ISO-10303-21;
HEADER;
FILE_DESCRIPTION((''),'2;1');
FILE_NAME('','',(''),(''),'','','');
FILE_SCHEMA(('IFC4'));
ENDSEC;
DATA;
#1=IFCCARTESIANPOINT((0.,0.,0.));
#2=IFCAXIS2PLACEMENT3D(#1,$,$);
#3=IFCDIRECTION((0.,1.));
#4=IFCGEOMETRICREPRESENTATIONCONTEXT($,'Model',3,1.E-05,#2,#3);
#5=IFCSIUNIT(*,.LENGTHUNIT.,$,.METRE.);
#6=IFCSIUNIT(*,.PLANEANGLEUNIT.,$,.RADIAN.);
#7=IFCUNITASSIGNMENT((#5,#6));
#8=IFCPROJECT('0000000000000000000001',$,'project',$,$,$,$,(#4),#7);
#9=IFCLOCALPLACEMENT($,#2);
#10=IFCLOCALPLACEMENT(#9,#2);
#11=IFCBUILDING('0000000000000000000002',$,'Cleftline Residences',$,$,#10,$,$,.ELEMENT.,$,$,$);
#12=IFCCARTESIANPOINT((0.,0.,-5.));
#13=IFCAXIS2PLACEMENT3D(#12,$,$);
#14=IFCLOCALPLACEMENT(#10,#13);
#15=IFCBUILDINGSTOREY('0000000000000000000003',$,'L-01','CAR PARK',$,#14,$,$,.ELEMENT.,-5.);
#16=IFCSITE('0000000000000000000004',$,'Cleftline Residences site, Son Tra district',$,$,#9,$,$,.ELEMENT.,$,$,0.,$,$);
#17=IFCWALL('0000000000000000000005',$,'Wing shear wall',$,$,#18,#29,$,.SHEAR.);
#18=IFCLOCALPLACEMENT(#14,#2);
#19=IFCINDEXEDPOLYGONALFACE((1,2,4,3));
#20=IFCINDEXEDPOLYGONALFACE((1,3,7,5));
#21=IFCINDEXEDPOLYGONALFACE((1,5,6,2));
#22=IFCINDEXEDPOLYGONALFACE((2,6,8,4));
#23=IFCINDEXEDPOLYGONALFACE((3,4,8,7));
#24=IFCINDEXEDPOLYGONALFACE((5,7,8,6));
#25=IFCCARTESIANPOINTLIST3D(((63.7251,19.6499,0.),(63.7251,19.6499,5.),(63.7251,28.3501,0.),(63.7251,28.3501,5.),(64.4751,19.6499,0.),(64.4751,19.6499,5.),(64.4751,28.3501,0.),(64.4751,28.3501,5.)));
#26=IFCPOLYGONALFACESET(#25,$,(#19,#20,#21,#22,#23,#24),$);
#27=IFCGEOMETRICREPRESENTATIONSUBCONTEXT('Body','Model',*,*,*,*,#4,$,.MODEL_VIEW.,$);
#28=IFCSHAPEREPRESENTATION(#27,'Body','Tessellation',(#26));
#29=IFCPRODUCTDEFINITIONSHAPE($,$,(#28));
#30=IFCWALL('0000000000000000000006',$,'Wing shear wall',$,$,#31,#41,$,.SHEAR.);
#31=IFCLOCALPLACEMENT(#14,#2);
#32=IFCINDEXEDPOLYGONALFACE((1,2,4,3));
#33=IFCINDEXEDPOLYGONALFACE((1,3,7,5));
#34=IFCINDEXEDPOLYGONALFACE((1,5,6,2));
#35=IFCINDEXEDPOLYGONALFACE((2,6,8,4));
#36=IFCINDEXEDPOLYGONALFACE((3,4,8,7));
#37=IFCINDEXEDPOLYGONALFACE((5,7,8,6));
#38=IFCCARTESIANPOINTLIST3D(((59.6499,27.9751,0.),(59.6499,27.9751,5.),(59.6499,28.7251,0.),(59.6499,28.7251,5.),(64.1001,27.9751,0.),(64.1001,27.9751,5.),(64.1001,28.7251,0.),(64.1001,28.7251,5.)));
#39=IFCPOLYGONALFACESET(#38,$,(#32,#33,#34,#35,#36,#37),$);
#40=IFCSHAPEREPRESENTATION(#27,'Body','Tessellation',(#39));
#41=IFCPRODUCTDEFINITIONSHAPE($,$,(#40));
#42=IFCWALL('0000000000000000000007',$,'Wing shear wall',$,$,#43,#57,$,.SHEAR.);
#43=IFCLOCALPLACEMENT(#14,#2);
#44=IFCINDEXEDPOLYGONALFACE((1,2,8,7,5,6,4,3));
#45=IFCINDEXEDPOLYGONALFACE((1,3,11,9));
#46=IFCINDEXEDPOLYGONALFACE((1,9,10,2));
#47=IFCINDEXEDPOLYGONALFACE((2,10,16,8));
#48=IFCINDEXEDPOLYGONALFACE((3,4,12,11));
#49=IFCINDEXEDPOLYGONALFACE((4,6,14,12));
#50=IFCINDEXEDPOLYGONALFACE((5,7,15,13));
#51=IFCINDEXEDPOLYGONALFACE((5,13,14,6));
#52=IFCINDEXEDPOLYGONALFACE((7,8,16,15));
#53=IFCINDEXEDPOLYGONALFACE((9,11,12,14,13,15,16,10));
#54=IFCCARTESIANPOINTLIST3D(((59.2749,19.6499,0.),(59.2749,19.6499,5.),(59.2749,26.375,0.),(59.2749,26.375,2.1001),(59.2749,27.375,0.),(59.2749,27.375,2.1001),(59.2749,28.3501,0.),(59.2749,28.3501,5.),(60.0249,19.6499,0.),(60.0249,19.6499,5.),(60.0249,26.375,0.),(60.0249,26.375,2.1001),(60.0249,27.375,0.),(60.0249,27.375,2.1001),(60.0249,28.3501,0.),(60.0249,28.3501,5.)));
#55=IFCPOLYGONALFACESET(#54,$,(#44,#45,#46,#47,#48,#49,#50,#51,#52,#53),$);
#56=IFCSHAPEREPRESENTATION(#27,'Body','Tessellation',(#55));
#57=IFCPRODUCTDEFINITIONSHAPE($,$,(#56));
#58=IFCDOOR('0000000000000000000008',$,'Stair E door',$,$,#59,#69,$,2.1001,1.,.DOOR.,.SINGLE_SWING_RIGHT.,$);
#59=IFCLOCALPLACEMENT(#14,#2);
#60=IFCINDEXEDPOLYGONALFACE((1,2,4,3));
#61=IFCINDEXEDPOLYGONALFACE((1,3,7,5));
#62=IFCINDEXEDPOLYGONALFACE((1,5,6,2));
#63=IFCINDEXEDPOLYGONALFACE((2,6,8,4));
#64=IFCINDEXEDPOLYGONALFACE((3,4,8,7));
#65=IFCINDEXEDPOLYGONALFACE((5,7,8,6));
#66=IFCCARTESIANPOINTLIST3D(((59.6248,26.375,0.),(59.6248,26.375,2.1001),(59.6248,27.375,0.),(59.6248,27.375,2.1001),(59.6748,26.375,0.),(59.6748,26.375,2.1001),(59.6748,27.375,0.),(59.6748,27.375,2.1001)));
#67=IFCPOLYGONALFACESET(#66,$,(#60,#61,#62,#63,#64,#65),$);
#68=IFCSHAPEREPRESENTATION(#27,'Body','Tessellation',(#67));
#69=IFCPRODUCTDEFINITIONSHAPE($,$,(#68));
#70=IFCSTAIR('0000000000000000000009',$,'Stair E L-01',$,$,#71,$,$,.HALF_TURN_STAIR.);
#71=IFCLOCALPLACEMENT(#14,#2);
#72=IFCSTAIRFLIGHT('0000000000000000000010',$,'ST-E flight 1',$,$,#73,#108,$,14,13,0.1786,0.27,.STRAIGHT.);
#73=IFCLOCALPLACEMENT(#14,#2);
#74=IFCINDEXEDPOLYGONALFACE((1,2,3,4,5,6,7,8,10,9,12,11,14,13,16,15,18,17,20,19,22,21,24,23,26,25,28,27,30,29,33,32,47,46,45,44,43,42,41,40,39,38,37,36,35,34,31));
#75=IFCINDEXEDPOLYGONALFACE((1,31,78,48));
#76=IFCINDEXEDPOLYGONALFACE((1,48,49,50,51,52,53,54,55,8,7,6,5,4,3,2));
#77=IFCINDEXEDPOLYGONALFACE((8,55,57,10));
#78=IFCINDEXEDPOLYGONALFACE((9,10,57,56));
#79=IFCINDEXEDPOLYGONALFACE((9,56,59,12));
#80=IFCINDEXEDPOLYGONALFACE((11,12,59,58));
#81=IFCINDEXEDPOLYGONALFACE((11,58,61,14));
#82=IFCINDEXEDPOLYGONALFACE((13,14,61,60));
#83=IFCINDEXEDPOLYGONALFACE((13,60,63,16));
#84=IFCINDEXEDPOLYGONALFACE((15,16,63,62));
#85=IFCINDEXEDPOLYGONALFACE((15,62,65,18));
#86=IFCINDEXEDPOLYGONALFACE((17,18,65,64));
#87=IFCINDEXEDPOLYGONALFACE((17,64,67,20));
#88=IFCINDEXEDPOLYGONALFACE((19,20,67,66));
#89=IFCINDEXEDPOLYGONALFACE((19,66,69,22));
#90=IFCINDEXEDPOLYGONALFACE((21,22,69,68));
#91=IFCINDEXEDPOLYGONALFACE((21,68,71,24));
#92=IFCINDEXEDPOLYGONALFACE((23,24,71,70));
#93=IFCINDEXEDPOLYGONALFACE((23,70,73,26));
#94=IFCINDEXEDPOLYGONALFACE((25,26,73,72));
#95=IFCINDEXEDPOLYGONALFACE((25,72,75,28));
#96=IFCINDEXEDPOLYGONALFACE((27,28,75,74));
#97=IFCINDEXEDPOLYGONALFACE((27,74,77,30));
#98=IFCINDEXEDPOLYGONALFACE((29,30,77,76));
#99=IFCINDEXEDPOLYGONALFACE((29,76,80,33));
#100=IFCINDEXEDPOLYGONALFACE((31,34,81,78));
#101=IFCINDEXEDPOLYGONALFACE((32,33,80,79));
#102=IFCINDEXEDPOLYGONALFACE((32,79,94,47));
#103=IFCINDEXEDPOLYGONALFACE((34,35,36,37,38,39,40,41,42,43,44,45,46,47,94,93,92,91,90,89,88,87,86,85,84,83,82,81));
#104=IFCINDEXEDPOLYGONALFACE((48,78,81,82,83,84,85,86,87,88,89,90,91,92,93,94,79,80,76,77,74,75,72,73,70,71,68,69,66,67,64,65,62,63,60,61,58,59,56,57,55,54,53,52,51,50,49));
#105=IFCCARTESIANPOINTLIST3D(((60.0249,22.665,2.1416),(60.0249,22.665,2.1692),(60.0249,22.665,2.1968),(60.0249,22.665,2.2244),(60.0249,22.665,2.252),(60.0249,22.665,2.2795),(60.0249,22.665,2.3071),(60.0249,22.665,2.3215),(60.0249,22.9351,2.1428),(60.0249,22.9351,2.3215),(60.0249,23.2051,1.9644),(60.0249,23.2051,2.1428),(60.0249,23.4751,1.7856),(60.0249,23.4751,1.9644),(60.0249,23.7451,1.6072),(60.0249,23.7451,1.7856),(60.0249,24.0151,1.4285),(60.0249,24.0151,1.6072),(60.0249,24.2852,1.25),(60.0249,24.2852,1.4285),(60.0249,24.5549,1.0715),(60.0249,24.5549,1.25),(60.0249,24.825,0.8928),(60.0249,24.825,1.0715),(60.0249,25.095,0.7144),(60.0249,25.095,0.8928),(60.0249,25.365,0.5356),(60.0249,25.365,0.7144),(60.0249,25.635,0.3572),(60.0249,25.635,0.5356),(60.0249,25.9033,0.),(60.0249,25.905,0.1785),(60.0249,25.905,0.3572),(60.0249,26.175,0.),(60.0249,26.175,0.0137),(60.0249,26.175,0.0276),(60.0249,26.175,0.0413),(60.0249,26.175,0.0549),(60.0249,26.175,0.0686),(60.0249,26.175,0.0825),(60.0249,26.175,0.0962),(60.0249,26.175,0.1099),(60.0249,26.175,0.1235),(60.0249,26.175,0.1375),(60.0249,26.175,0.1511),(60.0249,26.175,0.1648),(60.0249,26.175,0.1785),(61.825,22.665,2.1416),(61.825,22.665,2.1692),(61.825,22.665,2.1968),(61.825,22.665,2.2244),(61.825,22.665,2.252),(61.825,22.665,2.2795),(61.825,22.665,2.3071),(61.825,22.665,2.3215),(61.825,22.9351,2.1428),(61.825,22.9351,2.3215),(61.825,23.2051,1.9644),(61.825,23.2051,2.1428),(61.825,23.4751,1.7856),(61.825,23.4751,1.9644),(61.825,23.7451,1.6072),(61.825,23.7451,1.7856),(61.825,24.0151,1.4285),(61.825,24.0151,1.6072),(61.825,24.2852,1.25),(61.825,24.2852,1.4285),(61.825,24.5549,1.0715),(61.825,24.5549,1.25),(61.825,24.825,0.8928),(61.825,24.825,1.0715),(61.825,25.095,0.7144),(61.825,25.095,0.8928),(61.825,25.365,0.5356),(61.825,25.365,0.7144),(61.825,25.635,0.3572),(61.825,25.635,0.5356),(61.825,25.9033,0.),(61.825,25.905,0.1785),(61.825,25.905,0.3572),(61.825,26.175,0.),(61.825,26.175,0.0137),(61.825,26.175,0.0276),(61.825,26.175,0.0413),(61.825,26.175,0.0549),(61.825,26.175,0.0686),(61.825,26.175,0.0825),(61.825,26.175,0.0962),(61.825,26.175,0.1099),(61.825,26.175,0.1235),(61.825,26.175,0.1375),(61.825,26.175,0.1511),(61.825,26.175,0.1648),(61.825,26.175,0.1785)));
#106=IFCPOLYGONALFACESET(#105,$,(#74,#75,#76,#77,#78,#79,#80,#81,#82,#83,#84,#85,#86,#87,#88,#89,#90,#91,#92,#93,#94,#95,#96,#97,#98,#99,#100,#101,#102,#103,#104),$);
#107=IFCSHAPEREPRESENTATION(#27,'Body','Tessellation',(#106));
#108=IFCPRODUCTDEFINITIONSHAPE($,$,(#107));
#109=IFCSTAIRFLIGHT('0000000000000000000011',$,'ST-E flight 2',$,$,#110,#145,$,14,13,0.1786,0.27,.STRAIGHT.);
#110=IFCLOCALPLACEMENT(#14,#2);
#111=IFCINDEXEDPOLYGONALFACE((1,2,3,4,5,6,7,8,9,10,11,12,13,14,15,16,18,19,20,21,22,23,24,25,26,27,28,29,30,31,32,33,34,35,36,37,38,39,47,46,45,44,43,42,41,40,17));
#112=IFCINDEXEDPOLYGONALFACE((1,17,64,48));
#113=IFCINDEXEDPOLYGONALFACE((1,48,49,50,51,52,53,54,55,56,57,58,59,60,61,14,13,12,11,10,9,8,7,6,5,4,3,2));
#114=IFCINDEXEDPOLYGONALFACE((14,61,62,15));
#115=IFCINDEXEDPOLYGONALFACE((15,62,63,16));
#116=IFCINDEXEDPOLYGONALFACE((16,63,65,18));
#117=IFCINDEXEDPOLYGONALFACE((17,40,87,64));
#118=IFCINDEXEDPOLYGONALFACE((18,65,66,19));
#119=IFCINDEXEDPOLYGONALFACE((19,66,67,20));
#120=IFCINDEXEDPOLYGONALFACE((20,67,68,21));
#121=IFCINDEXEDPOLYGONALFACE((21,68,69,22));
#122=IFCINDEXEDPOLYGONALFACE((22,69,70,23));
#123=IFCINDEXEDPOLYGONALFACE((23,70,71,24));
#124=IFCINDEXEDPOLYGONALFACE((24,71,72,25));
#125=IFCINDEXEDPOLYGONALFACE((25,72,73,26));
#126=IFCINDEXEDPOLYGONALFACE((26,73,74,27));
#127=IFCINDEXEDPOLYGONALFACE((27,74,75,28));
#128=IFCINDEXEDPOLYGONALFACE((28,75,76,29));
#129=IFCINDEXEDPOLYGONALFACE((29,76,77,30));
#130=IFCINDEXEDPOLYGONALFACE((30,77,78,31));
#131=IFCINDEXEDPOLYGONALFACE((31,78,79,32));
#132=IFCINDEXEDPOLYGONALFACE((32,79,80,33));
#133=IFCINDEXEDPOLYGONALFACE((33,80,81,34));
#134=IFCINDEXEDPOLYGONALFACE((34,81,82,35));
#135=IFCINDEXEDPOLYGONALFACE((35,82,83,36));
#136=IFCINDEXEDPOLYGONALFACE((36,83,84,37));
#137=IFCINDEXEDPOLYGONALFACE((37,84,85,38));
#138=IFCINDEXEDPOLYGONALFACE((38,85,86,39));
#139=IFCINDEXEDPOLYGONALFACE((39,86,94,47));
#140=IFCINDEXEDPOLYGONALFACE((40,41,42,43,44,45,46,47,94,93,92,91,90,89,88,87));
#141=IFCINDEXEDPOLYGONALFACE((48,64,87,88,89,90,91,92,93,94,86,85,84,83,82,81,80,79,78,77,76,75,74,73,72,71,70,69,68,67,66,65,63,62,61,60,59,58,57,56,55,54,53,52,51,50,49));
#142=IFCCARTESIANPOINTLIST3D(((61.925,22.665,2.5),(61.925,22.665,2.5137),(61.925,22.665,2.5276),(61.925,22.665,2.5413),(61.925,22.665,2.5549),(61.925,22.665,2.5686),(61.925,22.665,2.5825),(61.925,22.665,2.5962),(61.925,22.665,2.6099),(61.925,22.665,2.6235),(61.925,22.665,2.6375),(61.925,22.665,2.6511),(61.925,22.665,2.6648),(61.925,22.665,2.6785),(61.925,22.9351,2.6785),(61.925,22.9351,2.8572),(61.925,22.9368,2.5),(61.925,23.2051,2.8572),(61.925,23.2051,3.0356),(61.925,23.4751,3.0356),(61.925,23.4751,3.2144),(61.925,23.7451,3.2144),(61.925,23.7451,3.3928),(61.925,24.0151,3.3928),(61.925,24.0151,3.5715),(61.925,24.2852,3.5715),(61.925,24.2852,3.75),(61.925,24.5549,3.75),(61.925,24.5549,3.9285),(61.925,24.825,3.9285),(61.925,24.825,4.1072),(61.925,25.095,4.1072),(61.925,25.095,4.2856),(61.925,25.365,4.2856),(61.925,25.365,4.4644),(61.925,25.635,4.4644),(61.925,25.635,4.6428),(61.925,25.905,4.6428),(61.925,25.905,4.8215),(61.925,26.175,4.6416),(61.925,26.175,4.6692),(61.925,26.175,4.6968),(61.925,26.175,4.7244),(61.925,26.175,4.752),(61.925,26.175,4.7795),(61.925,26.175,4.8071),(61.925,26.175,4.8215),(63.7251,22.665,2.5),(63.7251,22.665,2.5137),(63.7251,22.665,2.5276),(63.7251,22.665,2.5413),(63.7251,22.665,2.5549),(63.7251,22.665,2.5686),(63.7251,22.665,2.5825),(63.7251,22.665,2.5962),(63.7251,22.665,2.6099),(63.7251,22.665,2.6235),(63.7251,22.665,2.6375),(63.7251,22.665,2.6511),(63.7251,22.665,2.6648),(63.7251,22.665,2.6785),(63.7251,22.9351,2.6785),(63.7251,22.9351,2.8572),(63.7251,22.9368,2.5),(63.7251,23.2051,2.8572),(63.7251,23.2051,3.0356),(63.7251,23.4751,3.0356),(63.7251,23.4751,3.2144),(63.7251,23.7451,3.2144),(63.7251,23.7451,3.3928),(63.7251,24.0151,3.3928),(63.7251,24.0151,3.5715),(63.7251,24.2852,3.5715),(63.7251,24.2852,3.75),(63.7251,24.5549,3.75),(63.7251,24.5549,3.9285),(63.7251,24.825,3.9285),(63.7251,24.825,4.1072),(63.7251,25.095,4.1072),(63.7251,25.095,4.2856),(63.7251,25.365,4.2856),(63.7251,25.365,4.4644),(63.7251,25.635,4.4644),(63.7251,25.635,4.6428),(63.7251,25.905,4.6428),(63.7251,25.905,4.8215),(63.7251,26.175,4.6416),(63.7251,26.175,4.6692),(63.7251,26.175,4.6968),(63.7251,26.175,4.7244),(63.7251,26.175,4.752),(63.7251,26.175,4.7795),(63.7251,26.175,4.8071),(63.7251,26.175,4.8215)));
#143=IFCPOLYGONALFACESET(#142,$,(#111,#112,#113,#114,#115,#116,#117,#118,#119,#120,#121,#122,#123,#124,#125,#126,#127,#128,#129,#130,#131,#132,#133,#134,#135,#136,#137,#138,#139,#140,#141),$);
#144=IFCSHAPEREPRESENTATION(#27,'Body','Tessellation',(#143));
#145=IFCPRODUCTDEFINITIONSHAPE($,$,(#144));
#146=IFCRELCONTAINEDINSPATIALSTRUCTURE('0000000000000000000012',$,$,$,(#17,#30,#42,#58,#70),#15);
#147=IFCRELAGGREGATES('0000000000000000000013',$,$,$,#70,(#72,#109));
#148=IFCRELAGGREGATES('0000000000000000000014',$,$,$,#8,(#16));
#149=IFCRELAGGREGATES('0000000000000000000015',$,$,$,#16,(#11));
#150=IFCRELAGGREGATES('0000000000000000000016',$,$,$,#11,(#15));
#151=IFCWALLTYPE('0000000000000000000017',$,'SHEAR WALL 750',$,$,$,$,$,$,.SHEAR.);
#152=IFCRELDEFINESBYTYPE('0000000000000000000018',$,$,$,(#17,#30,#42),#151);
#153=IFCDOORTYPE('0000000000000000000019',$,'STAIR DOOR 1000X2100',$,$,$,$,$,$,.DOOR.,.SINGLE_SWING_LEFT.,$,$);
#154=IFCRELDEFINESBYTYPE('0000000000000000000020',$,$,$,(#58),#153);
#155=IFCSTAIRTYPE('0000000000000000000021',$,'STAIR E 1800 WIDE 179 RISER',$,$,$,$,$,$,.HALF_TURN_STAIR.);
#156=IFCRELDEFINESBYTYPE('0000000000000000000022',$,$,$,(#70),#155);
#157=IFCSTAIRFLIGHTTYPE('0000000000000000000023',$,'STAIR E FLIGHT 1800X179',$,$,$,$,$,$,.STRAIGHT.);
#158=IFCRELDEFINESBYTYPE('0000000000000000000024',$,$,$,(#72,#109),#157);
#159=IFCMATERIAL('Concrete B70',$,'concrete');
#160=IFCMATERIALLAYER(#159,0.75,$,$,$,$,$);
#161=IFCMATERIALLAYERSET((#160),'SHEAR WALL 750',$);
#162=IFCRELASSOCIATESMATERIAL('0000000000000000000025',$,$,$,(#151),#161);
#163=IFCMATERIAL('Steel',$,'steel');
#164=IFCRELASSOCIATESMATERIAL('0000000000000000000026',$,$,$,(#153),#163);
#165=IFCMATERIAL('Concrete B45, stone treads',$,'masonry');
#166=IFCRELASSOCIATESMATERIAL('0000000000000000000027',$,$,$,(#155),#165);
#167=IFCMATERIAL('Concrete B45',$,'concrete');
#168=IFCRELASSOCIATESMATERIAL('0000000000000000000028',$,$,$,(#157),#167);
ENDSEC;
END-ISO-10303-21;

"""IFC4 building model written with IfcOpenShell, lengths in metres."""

from ifc_helpers import new_model, si_unit, direction, frame, frame_2d, origin, place, context, subcontext, project, spatial, polyline, rectangle, outline, extrude, material, layer, layer_set, type_object, element, fill, aggregate, save


model = new_model("IFC4")

# Units and contexts
model_context = context("Model", 3, precision=1e-05, world=origin(), true_north=direction((0.0, 1.0)))
body_context = subcontext(model_context, "Body", "Model", "MODEL_VIEW")
ifc_project = project(units=[si_unit("LENGTHUNIT", "METRE"), si_unit("PLANEANGLEUNIT", "RADIAN")], contexts=[model_context])

# Site, building, storey
site_placement = place(None, origin())
site = spatial("IfcSite", under=ifc_project, at=site_placement, Name="Cleftline Residences site, Son Tra district", CompositionType="ELEMENT", RefElevation=0.0)
building_placement = place(site_placement, origin())
building = spatial("IfcBuilding", under=site, at=building_placement, Name="Cleftline Residences", CompositionType="ELEMENT")
storey_placement = place(building_placement, frame((0.0, 0.0, -5.0)))
storey = spatial("IfcBuildingStorey", under=building, at=storey_placement, Name="L-01", Description="CAR PARK", CompositionType="ELEMENT", Elevation=-5.0)

# Walls
ifc_material_1 = material(Name="Concrete B70", Category="concrete")
ifc_layer_1 = layer(ifc_material_1, 0.75)
ifc_layer_set_1 = layer_set([ifc_layer_1], Name="SHEAR WALL 750")
wall_type_1 = type_object("IfcWallType", Name="SHEAR WALL 750", PredefinedType="SHEAR", material=ifc_layer_set_1)
wall_1_placement = place(storey_placement, frame((64.1001, 19.6499, 0.0), z_axis=(0.0, 0.0, 1.0), x_axis=(0.0, 1.0, 0.0)))
element("IfcWall", 1, at=wall_1_placement, inside=storey, type_object=wall_type_1, Name="Wing shear wall", PredefinedType="SHEAR", context=body_context, shape_type="SweptSolid", body=[
    extrude(rectangle(XDim=8.7002, YDim=0.75, at=frame_2d((4.3501, 0.0))), origin(), (0.0, 0.0, 1.0), 5.0),
])
wall_2_placement = place(storey_placement, frame((64.1001, 28.3501, 0.0), z_axis=(0.0, 0.0, 1.0), x_axis=(-1.0, 0.0, 0.0)))
element("IfcWall", 2, at=wall_2_placement, inside=storey, type_object=wall_type_1, Name="Wing shear wall", PredefinedType="SHEAR", context=body_context, shape_type="SweptSolid", body=[
    extrude(rectangle(XDim=4.4502, YDim=0.75, at=frame_2d((2.2251, 0.0))), origin(), (0.0, 0.0, 1.0), 5.0),
])

# Wall, opening, door
wall_3_placement = place(storey_placement, frame((59.6499, 28.3501, 0.0), z_axis=(0.0, 0.0, 1.0), x_axis=(0.0, -1.0, 0.0)))
wall_3 = element("IfcWall", 3, at=wall_3_placement, inside=storey, type_object=wall_type_1, Name="Wing shear wall", PredefinedType="SHEAR", context=body_context, shape_type="SweptSolid", body=[
    extrude(rectangle(XDim=8.7002, YDim=0.75, at=frame_2d((4.3501, 0.0))), origin(), (0.0, 0.0, 1.0), 5.0),
])
opening_1_placement = place(wall_3_placement, frame((0.9751, 0.0, 0.0)))
opening_1 = element("IfcOpeningElement", 4, at=opening_1_placement, cuts=wall_3, PredefinedType="OPENING", context=body_context, shape_type="SweptSolid", body=[
    extrude(rectangle(XDim=1.0, YDim=2.1001, at=frame_2d((0.5, 1.05))), frame((0.0, 0.385, 0.0), z_axis=(0.0, -1.0, 0.0), x_axis=(1.0, 0.0, 0.0)), (0.0, 0.0, 1.0), 0.77),
])
ifc_material_2 = material(Name="Steel", Category="steel")
door_type_1 = type_object("IfcDoorType", Name="STAIR DOOR 1000X2100", OperationType="SINGLE_SWING_LEFT", PredefinedType="DOOR", material=ifc_material_2)
door_1_placement = place(opening_1_placement, origin())
door_1 = element("IfcDoor", 5, at=door_1_placement, inside=storey, type_object=door_type_1, Name="Stair E door", OperationType="SINGLE_SWING_RIGHT", OverallHeight=2.1001, OverallWidth=1.0, PredefinedType="DOOR", context=body_context, shape_type="SweptSolid", body=[
    extrude(rectangle(XDim=1.0, YDim=2.1001, at=frame_2d((0.5, 1.05))), frame((0.0, 0.0249, 0.0), z_axis=(0.0, -1.0, 0.0), x_axis=(1.0, 0.0, 0.0)), (0.0, 0.0, 1.0), 0.05),
])
fill(opening_1, door_1)

# Stair, stair flights
ifc_material_3 = material(Name="Concrete B45, stone treads", Category="masonry")
stair_type = type_object("IfcStairType", Name="STAIR E 1800 WIDE 179 RISER", PredefinedType="HALF_TURN_STAIR", material=ifc_material_3)
stair_placement = place(storey_placement, origin())
stair = element("IfcStair", 6, at=stair_placement, inside=storey, type_object=stair_type, Name="Stair E L-01", PredefinedType="HALF_TURN_STAIR")
ifc_material_4 = material(Name="Concrete B45", Category="concrete")
stair_flight_type = type_object("IfcStairFlightType", Name="STAIR E FLIGHT 1800X179", PredefinedType="STRAIGHT", material=ifc_material_4)
stair_flight_1_placement = place(storey_placement, frame((60.925, 26.175, 0.0), z_axis=(0.0, 0.0, 1.0), x_axis=(0.0, -1.0, 0.0)))
stair_flight_1 = element("IfcStairFlight", 7, at=stair_flight_1_placement, type_object=stair_flight_type, Name="ST-E flight 1", NumberOfRisers=14, NumberOfTreads=13, PredefinedType="STRAIGHT", RiserHeight=0.1786, TreadLength=0.27, context=body_context, shape_type="SweptSolid", body=[
    extrude(outline(polyline([(0.0, 0.0), (0.0, 0.0137), (0.0, 0.0276), (0.0, 0.0413), (0.0, 0.0549), (0.0, 0.0686), (0.0, 0.0825), (0.0, 0.0962), (0.0, 0.1099), (0.0, 0.1235), (0.0, 0.1375), (0.0, 0.1511), (0.0, 0.1648), (0.0, 0.1785), (0.27, 0.1785), (0.27, 0.3572), (0.54, 0.3572), (0.54, 0.5356), (0.8101, 0.5356), (0.8101, 0.7144), (1.0801, 0.7144), (1.0801, 0.8928), (1.3501, 0.8928), (1.3501, 1.0715), (1.6201, 1.0715), (1.6201, 1.25), (1.8899, 1.25), (1.8899, 1.4285), (2.1599, 1.4285), (2.1599, 1.6072), (2.4299, 1.6072), (2.4299, 1.7856), (2.7, 1.7856), (2.7, 1.9644), (2.97, 1.9644), (2.97, 2.1428), (3.24, 2.1428), (3.24, 2.3215), (3.51, 2.3215), (3.51, 2.5), (3.51, 2.4724), (3.51, 2.4448), (3.51, 2.4172), (3.51, 2.3896), (3.51, 2.3623), (3.51, 2.3347), (3.51, 2.3071), (3.51, 2.2795), (3.51, 2.252), (3.51, 2.2244), (3.51, 2.1968), (3.51, 2.1692), (3.51, 2.1416), (0.2717, 0.0), (0.0, 0.0)])), frame((0.0, 0.8999, 0.0), z_axis=(0.0, -1.0, 0.0), x_axis=(1.0, 0.0, 0.0)), (0.0, 0.0, 1.0), 1.8),
])
stair_flight_2_placement = place(storey_placement, frame((62.825, 22.665, 2.5), z_axis=(0.0, 0.0, 1.0), x_axis=(0.0, 1.0, 0.0)))
stair_flight_2 = element("IfcStairFlight", 8, at=stair_flight_2_placement, type_object=stair_flight_type, Name="ST-E flight 2", NumberOfRisers=14, NumberOfTreads=13, PredefinedType="STRAIGHT", RiserHeight=0.1786, TreadLength=0.27, context=body_context, shape_type="SweptSolid", body=[
    extrude(outline(polyline([(0.0, 0.0), (0.0, 0.0137), (0.0, 0.0276), (0.0, 0.0413), (0.0, 0.0549), (0.0, 0.0686), (0.0, 0.0825), (0.0, 0.0962), (0.0, 0.1099), (0.0, 0.1235), (0.0, 0.1375), (0.0, 0.1511), (0.0, 0.1648), (0.0, 0.1785), (0.27, 0.1785), (0.27, 0.3572), (0.54, 0.3572), (0.54, 0.5356), (0.8101, 0.5356), (0.8101, 0.7144), (1.0801, 0.7144), (1.0801, 0.8928), (1.3501, 0.8928), (1.3501, 1.0715), (1.6201, 1.0715), (1.6201, 1.25), (1.8899, 1.25), (1.8899, 1.4285), (2.1599, 1.4285), (2.1599, 1.6072), (2.4299, 1.6072), (2.4299, 1.7856), (2.7, 1.7856), (2.7, 1.9644), (2.97, 1.9644), (2.97, 2.1428), (3.24, 2.1428), (3.24, 2.3215), (3.51, 2.3215), (3.51, 2.5), (3.51, 2.4724), (3.51, 2.4448), (3.51, 2.4172), (3.51, 2.3896), (3.51, 2.3623), (3.51, 2.3347), (3.51, 2.3071), (3.51, 2.2795), (3.51, 2.252), (3.51, 2.2244), (3.51, 2.1968), (3.51, 2.1692), (3.51, 2.1416), (0.2717, 0.0), (0.0, 0.0)])), frame((0.0, 0.8999, 0.0), z_axis=(0.0, -1.0, 0.0), x_axis=(1.0, 0.0, 0.0)), (0.0, 0.0, 1.0), 1.8),
])
aggregate(stair, [stair_flight_1, stair_flight_2])

save(model, "model.ifc")
